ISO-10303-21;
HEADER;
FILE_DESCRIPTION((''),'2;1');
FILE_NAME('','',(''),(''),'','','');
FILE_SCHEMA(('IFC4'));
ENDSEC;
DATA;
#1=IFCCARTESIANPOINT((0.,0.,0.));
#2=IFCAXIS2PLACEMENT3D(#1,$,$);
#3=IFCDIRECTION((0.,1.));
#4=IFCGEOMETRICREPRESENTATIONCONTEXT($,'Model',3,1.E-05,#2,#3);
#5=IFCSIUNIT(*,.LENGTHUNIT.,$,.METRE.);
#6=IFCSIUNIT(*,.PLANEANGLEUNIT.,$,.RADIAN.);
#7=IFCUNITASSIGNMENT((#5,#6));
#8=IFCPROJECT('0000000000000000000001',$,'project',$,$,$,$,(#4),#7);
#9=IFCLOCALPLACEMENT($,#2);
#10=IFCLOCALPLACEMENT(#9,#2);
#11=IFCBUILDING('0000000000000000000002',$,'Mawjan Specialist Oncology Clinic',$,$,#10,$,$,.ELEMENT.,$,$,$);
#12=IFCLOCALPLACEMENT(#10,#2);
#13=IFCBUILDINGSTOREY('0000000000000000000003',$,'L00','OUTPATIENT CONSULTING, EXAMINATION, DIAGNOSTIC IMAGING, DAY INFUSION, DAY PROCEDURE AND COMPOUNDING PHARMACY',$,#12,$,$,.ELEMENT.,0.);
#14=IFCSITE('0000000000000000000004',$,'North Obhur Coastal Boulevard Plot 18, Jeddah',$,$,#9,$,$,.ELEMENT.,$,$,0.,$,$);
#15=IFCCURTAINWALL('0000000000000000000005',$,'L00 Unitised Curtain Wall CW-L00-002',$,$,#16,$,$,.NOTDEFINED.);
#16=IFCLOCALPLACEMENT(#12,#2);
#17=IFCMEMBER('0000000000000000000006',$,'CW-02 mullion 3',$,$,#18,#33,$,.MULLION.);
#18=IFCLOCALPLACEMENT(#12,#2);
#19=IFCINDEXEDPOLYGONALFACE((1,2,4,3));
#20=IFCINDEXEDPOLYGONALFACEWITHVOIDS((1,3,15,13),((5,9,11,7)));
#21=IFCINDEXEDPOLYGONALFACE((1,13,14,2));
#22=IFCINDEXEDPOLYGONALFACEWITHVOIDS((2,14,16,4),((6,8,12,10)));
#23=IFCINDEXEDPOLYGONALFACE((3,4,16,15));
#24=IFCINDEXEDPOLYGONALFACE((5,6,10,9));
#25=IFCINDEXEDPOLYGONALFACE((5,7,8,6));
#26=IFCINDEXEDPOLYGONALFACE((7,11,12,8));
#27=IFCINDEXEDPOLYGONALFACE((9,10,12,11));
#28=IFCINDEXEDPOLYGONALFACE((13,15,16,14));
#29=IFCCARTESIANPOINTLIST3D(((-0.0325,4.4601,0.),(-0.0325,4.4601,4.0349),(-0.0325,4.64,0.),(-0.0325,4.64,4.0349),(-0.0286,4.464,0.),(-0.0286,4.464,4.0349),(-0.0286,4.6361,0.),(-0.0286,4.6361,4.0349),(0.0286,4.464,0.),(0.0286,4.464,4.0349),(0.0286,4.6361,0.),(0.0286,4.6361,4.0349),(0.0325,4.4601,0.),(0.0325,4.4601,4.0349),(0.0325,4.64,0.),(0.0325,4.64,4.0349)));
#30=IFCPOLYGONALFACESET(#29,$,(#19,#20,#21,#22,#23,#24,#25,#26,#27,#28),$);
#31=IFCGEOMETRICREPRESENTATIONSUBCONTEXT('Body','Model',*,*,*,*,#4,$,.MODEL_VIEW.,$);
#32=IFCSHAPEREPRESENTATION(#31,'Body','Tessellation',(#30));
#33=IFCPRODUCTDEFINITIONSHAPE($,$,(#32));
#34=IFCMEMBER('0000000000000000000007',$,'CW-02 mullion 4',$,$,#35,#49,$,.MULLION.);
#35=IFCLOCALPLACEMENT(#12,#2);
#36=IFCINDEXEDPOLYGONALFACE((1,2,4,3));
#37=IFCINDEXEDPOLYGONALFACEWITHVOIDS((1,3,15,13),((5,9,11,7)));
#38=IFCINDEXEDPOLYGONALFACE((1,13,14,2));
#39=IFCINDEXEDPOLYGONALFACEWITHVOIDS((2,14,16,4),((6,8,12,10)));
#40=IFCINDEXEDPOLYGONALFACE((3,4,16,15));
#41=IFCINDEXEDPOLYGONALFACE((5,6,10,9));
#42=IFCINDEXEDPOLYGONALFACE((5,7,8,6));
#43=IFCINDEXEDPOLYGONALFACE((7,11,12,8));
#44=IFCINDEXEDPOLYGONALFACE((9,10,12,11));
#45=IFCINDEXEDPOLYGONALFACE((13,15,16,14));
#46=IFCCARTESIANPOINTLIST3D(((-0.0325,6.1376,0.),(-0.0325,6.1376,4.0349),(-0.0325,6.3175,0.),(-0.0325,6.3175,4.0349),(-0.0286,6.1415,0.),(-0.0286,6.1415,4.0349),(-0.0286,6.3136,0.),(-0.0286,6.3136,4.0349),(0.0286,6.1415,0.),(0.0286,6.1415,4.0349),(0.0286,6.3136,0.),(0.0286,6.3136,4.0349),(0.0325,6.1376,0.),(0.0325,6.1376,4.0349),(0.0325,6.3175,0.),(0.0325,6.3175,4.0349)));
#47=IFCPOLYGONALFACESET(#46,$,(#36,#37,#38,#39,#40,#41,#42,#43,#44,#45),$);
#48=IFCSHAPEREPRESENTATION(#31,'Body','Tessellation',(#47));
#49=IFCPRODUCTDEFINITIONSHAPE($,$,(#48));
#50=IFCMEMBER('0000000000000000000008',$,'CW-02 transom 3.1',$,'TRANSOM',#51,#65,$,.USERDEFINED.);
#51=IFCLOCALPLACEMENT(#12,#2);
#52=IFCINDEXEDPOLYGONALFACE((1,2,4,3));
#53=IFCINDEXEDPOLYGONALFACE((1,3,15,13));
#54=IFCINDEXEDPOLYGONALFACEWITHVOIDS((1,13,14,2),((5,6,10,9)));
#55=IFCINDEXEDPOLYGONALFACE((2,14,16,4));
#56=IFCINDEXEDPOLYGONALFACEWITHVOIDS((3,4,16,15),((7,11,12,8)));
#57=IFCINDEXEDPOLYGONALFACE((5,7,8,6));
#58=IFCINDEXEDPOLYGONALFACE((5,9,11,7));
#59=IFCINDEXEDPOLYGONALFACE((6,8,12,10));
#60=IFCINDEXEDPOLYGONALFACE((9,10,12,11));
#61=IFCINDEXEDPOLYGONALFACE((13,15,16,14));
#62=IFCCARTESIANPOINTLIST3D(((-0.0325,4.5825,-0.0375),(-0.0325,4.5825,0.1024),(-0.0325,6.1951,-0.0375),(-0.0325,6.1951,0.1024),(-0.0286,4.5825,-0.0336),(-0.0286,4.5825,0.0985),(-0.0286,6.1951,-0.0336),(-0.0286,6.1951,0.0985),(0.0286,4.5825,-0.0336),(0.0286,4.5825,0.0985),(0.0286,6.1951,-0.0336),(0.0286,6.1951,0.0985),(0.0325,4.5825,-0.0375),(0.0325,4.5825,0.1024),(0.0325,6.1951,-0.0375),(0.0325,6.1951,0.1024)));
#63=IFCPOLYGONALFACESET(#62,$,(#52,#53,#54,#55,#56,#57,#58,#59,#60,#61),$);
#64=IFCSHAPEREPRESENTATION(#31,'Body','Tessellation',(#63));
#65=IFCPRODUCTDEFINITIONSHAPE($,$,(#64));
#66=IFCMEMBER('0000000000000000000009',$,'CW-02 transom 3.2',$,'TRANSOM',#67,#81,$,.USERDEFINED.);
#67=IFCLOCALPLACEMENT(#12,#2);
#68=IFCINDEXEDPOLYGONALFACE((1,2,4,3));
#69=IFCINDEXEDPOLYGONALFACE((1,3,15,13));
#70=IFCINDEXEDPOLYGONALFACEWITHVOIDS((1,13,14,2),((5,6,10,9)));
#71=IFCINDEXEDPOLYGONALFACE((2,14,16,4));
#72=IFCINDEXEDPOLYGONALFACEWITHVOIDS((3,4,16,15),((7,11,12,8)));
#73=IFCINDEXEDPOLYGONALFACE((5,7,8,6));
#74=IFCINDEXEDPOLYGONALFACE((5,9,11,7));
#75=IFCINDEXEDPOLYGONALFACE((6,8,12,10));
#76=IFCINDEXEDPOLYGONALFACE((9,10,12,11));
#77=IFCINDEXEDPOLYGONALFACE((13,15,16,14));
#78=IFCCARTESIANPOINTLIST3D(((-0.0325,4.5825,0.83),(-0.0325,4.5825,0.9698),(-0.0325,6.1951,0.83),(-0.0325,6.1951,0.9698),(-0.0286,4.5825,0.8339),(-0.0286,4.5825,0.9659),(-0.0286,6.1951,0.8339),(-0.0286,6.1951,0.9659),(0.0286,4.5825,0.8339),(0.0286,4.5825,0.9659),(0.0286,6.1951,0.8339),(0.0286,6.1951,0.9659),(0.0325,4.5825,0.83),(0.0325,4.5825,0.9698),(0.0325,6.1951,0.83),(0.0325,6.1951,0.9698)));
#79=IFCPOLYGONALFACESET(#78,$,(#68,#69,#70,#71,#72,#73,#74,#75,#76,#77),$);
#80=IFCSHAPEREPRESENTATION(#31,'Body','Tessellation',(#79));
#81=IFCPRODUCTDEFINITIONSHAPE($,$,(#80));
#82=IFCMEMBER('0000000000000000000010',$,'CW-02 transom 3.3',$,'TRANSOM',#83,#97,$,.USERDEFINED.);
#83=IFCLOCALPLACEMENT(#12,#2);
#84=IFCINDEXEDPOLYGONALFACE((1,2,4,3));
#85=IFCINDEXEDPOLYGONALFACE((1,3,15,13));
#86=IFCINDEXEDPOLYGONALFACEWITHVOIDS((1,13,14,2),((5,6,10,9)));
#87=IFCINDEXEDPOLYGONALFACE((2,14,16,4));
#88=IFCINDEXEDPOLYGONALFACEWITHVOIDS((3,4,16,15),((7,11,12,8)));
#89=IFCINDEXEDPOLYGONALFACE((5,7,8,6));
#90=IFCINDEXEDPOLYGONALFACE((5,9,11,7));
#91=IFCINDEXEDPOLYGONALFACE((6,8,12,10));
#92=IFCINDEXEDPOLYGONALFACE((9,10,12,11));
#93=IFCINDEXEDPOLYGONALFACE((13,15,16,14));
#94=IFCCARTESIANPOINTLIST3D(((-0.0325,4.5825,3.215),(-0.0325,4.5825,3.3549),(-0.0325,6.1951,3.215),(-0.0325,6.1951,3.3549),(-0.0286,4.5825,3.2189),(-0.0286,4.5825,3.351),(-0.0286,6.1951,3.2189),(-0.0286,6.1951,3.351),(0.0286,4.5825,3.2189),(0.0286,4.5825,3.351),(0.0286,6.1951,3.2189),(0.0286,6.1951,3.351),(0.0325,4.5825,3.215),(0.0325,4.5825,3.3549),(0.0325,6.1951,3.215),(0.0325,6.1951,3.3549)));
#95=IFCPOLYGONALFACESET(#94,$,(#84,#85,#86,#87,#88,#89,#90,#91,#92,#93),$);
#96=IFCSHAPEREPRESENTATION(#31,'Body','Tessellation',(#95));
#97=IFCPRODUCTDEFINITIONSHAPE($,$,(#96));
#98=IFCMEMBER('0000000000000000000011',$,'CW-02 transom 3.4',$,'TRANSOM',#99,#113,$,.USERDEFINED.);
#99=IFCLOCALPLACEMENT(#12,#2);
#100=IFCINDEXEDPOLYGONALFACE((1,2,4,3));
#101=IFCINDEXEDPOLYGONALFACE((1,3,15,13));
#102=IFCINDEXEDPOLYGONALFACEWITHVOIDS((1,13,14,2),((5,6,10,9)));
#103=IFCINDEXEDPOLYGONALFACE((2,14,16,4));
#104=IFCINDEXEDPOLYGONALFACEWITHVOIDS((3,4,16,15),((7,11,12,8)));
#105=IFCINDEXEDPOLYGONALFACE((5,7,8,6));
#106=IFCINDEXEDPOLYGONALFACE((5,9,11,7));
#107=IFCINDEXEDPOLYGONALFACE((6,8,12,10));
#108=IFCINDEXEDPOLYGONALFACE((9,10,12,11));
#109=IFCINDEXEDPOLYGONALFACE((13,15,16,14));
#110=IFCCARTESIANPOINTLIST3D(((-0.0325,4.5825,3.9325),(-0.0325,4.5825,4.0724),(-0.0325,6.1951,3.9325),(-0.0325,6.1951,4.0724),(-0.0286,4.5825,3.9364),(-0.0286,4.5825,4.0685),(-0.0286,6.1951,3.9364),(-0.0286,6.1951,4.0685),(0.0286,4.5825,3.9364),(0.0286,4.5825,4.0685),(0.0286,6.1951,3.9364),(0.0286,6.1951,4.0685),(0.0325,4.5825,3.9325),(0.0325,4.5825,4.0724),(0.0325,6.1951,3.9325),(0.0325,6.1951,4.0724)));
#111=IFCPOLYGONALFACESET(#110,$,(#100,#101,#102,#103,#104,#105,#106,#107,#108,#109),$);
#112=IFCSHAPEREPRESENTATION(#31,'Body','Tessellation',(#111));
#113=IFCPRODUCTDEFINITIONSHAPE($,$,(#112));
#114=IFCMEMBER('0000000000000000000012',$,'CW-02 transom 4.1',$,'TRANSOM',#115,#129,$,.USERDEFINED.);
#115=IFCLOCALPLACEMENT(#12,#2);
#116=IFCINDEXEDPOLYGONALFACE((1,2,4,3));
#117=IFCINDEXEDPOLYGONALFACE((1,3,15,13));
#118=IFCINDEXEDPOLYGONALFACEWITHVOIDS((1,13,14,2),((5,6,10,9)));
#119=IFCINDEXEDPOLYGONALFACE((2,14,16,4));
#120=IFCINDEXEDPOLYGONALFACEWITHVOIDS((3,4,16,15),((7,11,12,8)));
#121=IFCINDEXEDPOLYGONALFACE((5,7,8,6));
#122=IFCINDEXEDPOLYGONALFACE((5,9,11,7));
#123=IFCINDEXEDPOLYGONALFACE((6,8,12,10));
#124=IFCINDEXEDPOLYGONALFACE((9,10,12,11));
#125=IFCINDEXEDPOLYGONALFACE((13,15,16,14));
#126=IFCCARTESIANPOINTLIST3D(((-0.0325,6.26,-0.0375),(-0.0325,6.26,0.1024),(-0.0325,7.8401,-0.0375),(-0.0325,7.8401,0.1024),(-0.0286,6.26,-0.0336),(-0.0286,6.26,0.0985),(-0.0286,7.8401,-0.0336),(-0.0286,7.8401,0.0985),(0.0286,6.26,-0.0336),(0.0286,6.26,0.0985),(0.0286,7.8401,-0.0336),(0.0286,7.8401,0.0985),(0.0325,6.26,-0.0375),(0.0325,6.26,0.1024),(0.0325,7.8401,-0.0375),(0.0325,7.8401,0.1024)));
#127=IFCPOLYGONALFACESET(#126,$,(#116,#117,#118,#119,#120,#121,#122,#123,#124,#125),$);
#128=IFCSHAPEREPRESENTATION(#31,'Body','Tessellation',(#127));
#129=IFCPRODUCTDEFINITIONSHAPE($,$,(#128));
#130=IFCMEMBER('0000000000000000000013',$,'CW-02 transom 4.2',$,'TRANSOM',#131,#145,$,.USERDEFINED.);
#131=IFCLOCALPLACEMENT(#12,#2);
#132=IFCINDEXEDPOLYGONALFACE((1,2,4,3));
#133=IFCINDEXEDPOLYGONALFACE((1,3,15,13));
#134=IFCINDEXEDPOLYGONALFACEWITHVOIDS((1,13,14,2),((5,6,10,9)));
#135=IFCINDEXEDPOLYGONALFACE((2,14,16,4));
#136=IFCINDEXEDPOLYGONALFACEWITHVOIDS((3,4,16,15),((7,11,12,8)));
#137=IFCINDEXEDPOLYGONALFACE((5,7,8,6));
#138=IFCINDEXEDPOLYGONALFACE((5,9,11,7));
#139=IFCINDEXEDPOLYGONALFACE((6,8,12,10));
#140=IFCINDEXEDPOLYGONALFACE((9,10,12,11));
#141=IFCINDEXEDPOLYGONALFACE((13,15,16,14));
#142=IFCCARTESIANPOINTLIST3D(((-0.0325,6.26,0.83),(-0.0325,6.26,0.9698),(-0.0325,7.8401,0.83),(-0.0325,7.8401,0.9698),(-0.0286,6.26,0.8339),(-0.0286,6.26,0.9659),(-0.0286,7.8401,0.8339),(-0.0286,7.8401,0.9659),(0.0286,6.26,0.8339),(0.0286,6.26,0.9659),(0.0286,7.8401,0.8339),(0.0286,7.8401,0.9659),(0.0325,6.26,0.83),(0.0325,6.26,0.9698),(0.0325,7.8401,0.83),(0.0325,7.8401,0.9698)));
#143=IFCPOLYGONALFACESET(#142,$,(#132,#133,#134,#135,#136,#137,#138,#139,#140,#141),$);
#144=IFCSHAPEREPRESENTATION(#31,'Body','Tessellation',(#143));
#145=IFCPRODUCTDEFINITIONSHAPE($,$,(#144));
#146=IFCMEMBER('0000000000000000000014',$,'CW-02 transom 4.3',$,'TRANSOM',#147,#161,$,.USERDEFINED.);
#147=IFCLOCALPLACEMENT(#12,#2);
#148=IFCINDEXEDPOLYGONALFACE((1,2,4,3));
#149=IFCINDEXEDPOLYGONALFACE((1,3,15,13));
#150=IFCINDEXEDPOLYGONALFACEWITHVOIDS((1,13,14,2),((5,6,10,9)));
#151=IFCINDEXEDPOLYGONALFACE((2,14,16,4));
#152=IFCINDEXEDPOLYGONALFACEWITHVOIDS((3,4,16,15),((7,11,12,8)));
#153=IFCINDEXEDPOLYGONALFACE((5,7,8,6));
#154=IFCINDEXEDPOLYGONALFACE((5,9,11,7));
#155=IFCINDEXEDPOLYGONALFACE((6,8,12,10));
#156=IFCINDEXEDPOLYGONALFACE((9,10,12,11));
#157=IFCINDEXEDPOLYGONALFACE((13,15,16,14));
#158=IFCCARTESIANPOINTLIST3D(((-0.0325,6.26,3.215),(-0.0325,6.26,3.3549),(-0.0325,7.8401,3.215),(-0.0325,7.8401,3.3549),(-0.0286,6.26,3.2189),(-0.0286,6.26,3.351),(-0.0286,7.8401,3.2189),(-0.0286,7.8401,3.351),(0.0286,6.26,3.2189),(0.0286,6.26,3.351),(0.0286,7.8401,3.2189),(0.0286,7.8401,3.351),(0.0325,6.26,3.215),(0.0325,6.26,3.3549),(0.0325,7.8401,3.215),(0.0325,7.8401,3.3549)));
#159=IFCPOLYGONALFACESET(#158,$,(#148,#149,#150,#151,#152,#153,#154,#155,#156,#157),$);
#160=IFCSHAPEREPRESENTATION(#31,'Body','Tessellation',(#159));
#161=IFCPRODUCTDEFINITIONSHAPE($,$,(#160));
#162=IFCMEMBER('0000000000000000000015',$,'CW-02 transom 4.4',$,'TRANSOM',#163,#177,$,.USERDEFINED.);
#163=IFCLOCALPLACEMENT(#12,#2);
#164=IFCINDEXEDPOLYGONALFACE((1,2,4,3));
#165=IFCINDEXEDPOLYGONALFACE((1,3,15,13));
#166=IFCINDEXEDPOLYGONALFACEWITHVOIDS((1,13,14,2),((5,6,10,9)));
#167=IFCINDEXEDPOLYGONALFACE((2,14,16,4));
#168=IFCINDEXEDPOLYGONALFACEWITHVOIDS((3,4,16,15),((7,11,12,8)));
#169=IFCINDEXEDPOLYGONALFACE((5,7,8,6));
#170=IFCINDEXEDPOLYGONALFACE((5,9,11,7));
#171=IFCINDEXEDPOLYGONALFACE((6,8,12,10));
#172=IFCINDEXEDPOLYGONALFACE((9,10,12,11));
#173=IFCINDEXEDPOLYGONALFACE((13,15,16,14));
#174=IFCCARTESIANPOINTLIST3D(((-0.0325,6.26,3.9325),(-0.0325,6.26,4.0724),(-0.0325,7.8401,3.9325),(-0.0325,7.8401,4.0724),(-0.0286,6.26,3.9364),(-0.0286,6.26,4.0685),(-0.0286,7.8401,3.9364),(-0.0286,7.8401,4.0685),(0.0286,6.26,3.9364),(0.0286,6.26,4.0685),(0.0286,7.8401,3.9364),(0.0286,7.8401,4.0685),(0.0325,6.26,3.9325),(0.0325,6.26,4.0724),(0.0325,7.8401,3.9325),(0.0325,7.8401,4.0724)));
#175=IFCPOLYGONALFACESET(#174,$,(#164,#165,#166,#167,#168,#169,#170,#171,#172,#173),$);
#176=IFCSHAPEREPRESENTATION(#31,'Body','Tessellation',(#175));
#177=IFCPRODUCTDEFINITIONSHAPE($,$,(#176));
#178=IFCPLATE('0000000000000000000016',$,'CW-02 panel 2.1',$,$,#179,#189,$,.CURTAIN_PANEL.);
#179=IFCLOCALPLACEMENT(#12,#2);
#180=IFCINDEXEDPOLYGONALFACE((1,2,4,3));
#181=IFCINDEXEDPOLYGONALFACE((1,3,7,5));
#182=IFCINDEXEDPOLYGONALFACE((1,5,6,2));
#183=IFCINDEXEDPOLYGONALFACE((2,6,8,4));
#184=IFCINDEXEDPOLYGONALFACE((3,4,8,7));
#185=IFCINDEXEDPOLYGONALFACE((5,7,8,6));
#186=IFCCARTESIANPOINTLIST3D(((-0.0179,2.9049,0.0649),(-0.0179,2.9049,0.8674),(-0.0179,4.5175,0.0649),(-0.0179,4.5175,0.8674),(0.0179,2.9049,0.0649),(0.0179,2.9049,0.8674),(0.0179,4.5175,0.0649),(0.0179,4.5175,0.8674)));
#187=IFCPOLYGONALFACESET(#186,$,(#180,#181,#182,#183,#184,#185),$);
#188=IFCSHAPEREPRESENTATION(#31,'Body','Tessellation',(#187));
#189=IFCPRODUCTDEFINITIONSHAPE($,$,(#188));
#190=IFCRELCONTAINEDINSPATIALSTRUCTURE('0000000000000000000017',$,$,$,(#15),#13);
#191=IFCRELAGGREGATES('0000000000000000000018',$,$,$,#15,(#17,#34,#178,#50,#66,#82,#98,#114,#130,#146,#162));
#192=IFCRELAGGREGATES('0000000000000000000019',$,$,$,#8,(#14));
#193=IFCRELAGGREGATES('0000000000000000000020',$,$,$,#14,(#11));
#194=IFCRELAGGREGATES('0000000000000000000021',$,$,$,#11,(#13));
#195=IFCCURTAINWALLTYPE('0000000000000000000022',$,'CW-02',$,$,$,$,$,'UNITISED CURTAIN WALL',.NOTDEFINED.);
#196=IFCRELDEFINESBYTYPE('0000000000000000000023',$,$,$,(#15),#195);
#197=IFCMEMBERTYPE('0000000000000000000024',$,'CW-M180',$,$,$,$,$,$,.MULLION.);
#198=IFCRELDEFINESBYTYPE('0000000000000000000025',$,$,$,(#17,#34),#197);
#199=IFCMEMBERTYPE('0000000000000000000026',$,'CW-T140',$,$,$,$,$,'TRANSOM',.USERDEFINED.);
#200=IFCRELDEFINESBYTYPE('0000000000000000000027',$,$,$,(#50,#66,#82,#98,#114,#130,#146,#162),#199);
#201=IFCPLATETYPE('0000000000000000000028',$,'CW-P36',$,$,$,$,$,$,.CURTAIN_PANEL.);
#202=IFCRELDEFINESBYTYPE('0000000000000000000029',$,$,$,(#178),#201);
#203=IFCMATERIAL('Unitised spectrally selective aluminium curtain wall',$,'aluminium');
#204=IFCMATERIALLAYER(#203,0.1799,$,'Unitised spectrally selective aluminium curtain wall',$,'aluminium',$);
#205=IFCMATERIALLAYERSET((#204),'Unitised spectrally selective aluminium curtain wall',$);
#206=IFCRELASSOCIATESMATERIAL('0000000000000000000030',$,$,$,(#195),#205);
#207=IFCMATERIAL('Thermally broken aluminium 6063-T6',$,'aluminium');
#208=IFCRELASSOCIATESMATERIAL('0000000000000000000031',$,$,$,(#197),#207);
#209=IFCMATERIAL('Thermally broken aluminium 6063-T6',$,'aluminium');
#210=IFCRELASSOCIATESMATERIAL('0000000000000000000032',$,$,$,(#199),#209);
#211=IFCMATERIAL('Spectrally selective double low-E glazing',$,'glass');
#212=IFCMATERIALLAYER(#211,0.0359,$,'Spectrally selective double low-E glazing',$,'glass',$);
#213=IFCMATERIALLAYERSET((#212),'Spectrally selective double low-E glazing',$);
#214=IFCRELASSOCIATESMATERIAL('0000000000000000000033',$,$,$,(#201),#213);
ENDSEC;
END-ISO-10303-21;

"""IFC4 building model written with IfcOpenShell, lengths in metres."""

from ifc_helpers import new_model, si_unit, direction, frame, origin, origin_2d, place, context, subcontext, project, spatial, rectangle, hollow_rectangle, extrude, material, layer, layer_set, material_profile, profile_set, type_object, element, aggregate, save


model = new_model("IFC4")

# Units and contexts
model_context = context("Model", 3, precision=1e-05, world=origin(), true_north=direction((0.0, 1.0)))
body_context = subcontext(model_context, "Body", "Model", "MODEL_VIEW")
ifc_project = project(units=[si_unit("LENGTHUNIT", "METRE"), si_unit("PLANEANGLEUNIT", "RADIAN")], contexts=[model_context])

# Site, building, storey
site_placement = place(None, origin())
site = spatial("IfcSite", under=ifc_project, at=site_placement, Name="North Obhur Coastal Boulevard Plot 18, Jeddah", CompositionType="ELEMENT", RefElevation=0.0)
building_placement = place(site_placement, origin())
building = spatial("IfcBuilding", under=site, at=building_placement, Name="Mawjan Specialist Oncology Clinic", CompositionType="ELEMENT")
storey_placement = place(building_placement, origin())
storey = spatial("IfcBuildingStorey", under=building, at=storey_placement, Name="L00", Description="OUTPATIENT CONSULTING, EXAMINATION, DIAGNOSTIC IMAGING, DAY INFUSION, DAY PROCEDURE AND COMPOUNDING PHARMACY", CompositionType="ELEMENT", Elevation=0.0)

# Curtain wall, members, plate
ifc_material_1 = material(Name="Unitised spectrally selective aluminium curtain wall", Category="aluminium")
ifc_layer_1 = layer(ifc_material_1, 0.1799, Name="Unitised spectrally selective aluminium curtain wall", Category="aluminium")
ifc_layer_set_1 = layer_set([ifc_layer_1], Name="Unitised spectrally selective aluminium curtain wall")
curtain_wall_type = type_object("IfcCurtainWallType", Name="CW-02", ElementType="UNITISED CURTAIN WALL", PredefinedType="NOTDEFINED", material=ifc_layer_set_1)
curtain_wall_placement = place(storey_placement, origin())
curtain_wall = element("IfcCurtainWall", 1, at=curtain_wall_placement, inside=storey, type_object=curtain_wall_type, Name="L00 Unitised Curtain Wall CW-L00-002", PredefinedType="NOTDEFINED")
ifc_material_2 = material(Name="Thermally broken aluminium 6063-T6", Category="aluminium")
ifc_material_profile_1 = material_profile(ifc_material_2, hollow_rectangle(XDim=0.0649, YDim=0.1799, WallThickness=0.0039, at=origin_2d()), Name="ALU MULLION 180x65x4", Category="aluminium")
ifc_profile_set_1 = profile_set([ifc_material_profile_1], Name="Thermally broken aluminium 6063-T6")
member_type_1 = type_object("IfcMemberType", Name="CW-M180", PredefinedType="MULLION", material=ifc_profile_set_1)
member_1_placement = place(storey_placement, frame((0.0, 4.55, 0.0), z_axis=(0.0, 0.0, 1.0), x_axis=(-1.0, 0.0, 0.0)))
member_1 = element("IfcMember", 2, at=member_1_placement, type_object=member_type_1, Name="CW-02 mullion 3", PredefinedType="MULLION", context=body_context, shape_type="SweptSolid", body=[
    extrude(hollow_rectangle(XDim=0.0649, YDim=0.1799, WallThickness=0.0039, at=origin_2d()), origin(), (0.0, 0.0, 1.0), 4.0349),
])
member_2_placement = place(storey_placement, frame((0.0, 6.2275, 0.0), z_axis=(0.0, 0.0, 1.0), x_axis=(-1.0, 0.0, 0.0)))
member_2 = element("IfcMember", 3, at=member_2_placement, type_object=member_type_1, Name="CW-02 mullion 4", PredefinedType="MULLION", context=body_context, shape_type="SweptSolid", body=[
    extrude(hollow_rectangle(XDim=0.0649, YDim=0.1799, WallThickness=0.0039, at=origin_2d()), origin(), (0.0, 0.0, 1.0), 4.0349),
])
ifc_material_3 = material(Name="Thermally broken aluminium 6063-T6", Category="aluminium")
ifc_material_profile_2 = material_profile(ifc_material_3, hollow_rectangle(XDim=0.0649, YDim=0.1399, WallThickness=0.0039, at=origin_2d()), Name="ALU TRANSOM 140x65x4", Category="aluminium")
ifc_profile_set_2 = profile_set([ifc_material_profile_2], Name="Thermally broken aluminium 6063-T6")
member_type_2 = type_object("IfcMemberType", Name="CW-T140", ElementType="TRANSOM", PredefinedType="USERDEFINED", material=ifc_profile_set_2)
member_3_placement = place(storey_placement, frame((0.0, 4.5825, 0.0325), z_axis=(0.0, 1.0, 0.0), x_axis=(-1.0, 0.0, 0.0)))
member_3 = element("IfcMember", 4, at=member_3_placement, type_object=member_type_2, Name="CW-02 transom 3.1", ObjectType="TRANSOM", PredefinedType="USERDEFINED", context=body_context, shape_type="SweptSolid", body=[
    extrude(hollow_rectangle(XDim=0.0649, YDim=0.1399, WallThickness=0.0039, at=origin_2d()), origin(), (0.0, 0.0, 1.0), 1.6125),
])
member_4_placement = place(storey_placement, frame((0.0, 4.5825, 0.8999), z_axis=(0.0, 1.0, 0.0), x_axis=(-1.0, 0.0, 0.0)))
member_4 = element("IfcMember", 5, at=member_4_placement, type_object=member_type_2, Name="CW-02 transom 3.2", ObjectType="TRANSOM", PredefinedType="USERDEFINED", context=body_context, shape_type="SweptSolid", body=[
    extrude(hollow_rectangle(XDim=0.0649, YDim=0.1399, WallThickness=0.0039, at=origin_2d()), origin(), (0.0, 0.0, 1.0), 1.6125),
])
member_5_placement = place(storey_placement, frame((0.0, 4.5825, 3.2849), z_axis=(0.0, 1.0, 0.0), x_axis=(-1.0, 0.0, 0.0)))
member_5 = element("IfcMember", 6, at=member_5_placement, type_object=member_type_2, Name="CW-02 transom 3.3", ObjectType="TRANSOM", PredefinedType="USERDEFINED", context=body_context, shape_type="SweptSolid", body=[
    extrude(hollow_rectangle(XDim=0.0649, YDim=0.1399, WallThickness=0.0039, at=origin_2d()), origin(), (0.0, 0.0, 1.0), 1.6125),
])
member_6_placement = place(storey_placement, frame((0.0, 4.5825, 4.0024), z_axis=(0.0, 1.0, 0.0), x_axis=(-1.0, 0.0, 0.0)))
member_6 = element("IfcMember", 7, at=member_6_placement, type_object=member_type_2, Name="CW-02 transom 3.4", ObjectType="TRANSOM", PredefinedType="USERDEFINED", context=body_context, shape_type="SweptSolid", body=[
    extrude(hollow_rectangle(XDim=0.0649, YDim=0.1399, WallThickness=0.0039, at=origin_2d()), origin(), (0.0, 0.0, 1.0), 1.6125),
])
member_7_placement = place(storey_placement, frame((0.0, 6.26, 0.0325), z_axis=(0.0, 1.0, 0.0), x_axis=(-1.0, 0.0, 0.0)))
member_7 = element("IfcMember", 8, at=member_7_placement, type_object=member_type_2, Name="CW-02 transom 4.1", ObjectType="TRANSOM", PredefinedType="USERDEFINED", context=body_context, shape_type="SweptSolid", body=[
    extrude(hollow_rectangle(XDim=0.0649, YDim=0.1399, WallThickness=0.0039, at=origin_2d()), origin(), (0.0, 0.0, 1.0), 1.5801),
])
member_8_placement = place(storey_placement, frame((0.0, 6.26, 0.8999), z_axis=(0.0, 1.0, 0.0), x_axis=(-1.0, 0.0, 0.0)))
member_8 = element("IfcMember", 9, at=member_8_placement, type_object=member_type_2, Name="CW-02 transom 4.2", ObjectType="TRANSOM", PredefinedType="USERDEFINED", context=body_context, shape_type="SweptSolid", body=[
    extrude(hollow_rectangle(XDim=0.0649, YDim=0.1399, WallThickness=0.0039, at=origin_2d()), origin(), (0.0, 0.0, 1.0), 1.5801),
])
member_9_placement = place(storey_placement, frame((0.0, 6.26, 3.2849), z_axis=(0.0, 1.0, 0.0), x_axis=(-1.0, 0.0, 0.0)))
member_9 = element("IfcMember", 10, at=member_9_placement, type_object=member_type_2, Name="CW-02 transom 4.3", ObjectType="TRANSOM", PredefinedType="USERDEFINED", context=body_context, shape_type="SweptSolid", body=[
    extrude(hollow_rectangle(XDim=0.0649, YDim=0.1399, WallThickness=0.0039, at=origin_2d()), origin(), (0.0, 0.0, 1.0), 1.5801),
])
member_10_placement = place(storey_placement, frame((0.0, 6.26, 4.0024), z_axis=(0.0, 1.0, 0.0), x_axis=(-1.0, 0.0, 0.0)))
member_10 = element("IfcMember", 11, at=member_10_placement, type_object=member_type_2, Name="CW-02 transom 4.4", ObjectType="TRANSOM", PredefinedType="USERDEFINED", context=body_context, shape_type="SweptSolid", body=[
    extrude(hollow_rectangle(XDim=0.0649, YDim=0.1399, WallThickness=0.0039, at=origin_2d()), origin(), (0.0, 0.0, 1.0), 1.5801),
])
ifc_material_4 = material(Name="Spectrally selective double low-E glazing", Category="glass")
ifc_layer_2 = layer(ifc_material_4, 0.0359, Name="Spectrally selective double low-E glazing", Category="glass")
ifc_layer_set_2 = layer_set([ifc_layer_2], Name="Spectrally selective double low-E glazing")
plate_type = type_object("IfcPlateType", Name="CW-P36", PredefinedType="CURTAIN_PANEL", material=ifc_layer_set_2)
plate_1_placement = place(storey_placement, frame((0.0, 3.7112, 0.0649), z_axis=(0.0, 0.0, 1.0), x_axis=(0.0, 1.0, 0.0)))
plate_1 = element("IfcPlate", 12, at=plate_1_placement, type_object=plate_type, Name="CW-02 panel 2.1", PredefinedType="CURTAIN_PANEL", context=body_context, shape_type="SweptSolid", body=[
    extrude(rectangle(XDim=1.6125, YDim=0.0359, at=origin_2d()), origin(), (0.0, 0.0, 1.0), 0.8025),
])
aggregate(curtain_wall, [member_1, member_2, plate_1, member_3, member_4, member_5, member_6, member_7, member_8, member_9, member_10])

save(model, "model.ifc")
